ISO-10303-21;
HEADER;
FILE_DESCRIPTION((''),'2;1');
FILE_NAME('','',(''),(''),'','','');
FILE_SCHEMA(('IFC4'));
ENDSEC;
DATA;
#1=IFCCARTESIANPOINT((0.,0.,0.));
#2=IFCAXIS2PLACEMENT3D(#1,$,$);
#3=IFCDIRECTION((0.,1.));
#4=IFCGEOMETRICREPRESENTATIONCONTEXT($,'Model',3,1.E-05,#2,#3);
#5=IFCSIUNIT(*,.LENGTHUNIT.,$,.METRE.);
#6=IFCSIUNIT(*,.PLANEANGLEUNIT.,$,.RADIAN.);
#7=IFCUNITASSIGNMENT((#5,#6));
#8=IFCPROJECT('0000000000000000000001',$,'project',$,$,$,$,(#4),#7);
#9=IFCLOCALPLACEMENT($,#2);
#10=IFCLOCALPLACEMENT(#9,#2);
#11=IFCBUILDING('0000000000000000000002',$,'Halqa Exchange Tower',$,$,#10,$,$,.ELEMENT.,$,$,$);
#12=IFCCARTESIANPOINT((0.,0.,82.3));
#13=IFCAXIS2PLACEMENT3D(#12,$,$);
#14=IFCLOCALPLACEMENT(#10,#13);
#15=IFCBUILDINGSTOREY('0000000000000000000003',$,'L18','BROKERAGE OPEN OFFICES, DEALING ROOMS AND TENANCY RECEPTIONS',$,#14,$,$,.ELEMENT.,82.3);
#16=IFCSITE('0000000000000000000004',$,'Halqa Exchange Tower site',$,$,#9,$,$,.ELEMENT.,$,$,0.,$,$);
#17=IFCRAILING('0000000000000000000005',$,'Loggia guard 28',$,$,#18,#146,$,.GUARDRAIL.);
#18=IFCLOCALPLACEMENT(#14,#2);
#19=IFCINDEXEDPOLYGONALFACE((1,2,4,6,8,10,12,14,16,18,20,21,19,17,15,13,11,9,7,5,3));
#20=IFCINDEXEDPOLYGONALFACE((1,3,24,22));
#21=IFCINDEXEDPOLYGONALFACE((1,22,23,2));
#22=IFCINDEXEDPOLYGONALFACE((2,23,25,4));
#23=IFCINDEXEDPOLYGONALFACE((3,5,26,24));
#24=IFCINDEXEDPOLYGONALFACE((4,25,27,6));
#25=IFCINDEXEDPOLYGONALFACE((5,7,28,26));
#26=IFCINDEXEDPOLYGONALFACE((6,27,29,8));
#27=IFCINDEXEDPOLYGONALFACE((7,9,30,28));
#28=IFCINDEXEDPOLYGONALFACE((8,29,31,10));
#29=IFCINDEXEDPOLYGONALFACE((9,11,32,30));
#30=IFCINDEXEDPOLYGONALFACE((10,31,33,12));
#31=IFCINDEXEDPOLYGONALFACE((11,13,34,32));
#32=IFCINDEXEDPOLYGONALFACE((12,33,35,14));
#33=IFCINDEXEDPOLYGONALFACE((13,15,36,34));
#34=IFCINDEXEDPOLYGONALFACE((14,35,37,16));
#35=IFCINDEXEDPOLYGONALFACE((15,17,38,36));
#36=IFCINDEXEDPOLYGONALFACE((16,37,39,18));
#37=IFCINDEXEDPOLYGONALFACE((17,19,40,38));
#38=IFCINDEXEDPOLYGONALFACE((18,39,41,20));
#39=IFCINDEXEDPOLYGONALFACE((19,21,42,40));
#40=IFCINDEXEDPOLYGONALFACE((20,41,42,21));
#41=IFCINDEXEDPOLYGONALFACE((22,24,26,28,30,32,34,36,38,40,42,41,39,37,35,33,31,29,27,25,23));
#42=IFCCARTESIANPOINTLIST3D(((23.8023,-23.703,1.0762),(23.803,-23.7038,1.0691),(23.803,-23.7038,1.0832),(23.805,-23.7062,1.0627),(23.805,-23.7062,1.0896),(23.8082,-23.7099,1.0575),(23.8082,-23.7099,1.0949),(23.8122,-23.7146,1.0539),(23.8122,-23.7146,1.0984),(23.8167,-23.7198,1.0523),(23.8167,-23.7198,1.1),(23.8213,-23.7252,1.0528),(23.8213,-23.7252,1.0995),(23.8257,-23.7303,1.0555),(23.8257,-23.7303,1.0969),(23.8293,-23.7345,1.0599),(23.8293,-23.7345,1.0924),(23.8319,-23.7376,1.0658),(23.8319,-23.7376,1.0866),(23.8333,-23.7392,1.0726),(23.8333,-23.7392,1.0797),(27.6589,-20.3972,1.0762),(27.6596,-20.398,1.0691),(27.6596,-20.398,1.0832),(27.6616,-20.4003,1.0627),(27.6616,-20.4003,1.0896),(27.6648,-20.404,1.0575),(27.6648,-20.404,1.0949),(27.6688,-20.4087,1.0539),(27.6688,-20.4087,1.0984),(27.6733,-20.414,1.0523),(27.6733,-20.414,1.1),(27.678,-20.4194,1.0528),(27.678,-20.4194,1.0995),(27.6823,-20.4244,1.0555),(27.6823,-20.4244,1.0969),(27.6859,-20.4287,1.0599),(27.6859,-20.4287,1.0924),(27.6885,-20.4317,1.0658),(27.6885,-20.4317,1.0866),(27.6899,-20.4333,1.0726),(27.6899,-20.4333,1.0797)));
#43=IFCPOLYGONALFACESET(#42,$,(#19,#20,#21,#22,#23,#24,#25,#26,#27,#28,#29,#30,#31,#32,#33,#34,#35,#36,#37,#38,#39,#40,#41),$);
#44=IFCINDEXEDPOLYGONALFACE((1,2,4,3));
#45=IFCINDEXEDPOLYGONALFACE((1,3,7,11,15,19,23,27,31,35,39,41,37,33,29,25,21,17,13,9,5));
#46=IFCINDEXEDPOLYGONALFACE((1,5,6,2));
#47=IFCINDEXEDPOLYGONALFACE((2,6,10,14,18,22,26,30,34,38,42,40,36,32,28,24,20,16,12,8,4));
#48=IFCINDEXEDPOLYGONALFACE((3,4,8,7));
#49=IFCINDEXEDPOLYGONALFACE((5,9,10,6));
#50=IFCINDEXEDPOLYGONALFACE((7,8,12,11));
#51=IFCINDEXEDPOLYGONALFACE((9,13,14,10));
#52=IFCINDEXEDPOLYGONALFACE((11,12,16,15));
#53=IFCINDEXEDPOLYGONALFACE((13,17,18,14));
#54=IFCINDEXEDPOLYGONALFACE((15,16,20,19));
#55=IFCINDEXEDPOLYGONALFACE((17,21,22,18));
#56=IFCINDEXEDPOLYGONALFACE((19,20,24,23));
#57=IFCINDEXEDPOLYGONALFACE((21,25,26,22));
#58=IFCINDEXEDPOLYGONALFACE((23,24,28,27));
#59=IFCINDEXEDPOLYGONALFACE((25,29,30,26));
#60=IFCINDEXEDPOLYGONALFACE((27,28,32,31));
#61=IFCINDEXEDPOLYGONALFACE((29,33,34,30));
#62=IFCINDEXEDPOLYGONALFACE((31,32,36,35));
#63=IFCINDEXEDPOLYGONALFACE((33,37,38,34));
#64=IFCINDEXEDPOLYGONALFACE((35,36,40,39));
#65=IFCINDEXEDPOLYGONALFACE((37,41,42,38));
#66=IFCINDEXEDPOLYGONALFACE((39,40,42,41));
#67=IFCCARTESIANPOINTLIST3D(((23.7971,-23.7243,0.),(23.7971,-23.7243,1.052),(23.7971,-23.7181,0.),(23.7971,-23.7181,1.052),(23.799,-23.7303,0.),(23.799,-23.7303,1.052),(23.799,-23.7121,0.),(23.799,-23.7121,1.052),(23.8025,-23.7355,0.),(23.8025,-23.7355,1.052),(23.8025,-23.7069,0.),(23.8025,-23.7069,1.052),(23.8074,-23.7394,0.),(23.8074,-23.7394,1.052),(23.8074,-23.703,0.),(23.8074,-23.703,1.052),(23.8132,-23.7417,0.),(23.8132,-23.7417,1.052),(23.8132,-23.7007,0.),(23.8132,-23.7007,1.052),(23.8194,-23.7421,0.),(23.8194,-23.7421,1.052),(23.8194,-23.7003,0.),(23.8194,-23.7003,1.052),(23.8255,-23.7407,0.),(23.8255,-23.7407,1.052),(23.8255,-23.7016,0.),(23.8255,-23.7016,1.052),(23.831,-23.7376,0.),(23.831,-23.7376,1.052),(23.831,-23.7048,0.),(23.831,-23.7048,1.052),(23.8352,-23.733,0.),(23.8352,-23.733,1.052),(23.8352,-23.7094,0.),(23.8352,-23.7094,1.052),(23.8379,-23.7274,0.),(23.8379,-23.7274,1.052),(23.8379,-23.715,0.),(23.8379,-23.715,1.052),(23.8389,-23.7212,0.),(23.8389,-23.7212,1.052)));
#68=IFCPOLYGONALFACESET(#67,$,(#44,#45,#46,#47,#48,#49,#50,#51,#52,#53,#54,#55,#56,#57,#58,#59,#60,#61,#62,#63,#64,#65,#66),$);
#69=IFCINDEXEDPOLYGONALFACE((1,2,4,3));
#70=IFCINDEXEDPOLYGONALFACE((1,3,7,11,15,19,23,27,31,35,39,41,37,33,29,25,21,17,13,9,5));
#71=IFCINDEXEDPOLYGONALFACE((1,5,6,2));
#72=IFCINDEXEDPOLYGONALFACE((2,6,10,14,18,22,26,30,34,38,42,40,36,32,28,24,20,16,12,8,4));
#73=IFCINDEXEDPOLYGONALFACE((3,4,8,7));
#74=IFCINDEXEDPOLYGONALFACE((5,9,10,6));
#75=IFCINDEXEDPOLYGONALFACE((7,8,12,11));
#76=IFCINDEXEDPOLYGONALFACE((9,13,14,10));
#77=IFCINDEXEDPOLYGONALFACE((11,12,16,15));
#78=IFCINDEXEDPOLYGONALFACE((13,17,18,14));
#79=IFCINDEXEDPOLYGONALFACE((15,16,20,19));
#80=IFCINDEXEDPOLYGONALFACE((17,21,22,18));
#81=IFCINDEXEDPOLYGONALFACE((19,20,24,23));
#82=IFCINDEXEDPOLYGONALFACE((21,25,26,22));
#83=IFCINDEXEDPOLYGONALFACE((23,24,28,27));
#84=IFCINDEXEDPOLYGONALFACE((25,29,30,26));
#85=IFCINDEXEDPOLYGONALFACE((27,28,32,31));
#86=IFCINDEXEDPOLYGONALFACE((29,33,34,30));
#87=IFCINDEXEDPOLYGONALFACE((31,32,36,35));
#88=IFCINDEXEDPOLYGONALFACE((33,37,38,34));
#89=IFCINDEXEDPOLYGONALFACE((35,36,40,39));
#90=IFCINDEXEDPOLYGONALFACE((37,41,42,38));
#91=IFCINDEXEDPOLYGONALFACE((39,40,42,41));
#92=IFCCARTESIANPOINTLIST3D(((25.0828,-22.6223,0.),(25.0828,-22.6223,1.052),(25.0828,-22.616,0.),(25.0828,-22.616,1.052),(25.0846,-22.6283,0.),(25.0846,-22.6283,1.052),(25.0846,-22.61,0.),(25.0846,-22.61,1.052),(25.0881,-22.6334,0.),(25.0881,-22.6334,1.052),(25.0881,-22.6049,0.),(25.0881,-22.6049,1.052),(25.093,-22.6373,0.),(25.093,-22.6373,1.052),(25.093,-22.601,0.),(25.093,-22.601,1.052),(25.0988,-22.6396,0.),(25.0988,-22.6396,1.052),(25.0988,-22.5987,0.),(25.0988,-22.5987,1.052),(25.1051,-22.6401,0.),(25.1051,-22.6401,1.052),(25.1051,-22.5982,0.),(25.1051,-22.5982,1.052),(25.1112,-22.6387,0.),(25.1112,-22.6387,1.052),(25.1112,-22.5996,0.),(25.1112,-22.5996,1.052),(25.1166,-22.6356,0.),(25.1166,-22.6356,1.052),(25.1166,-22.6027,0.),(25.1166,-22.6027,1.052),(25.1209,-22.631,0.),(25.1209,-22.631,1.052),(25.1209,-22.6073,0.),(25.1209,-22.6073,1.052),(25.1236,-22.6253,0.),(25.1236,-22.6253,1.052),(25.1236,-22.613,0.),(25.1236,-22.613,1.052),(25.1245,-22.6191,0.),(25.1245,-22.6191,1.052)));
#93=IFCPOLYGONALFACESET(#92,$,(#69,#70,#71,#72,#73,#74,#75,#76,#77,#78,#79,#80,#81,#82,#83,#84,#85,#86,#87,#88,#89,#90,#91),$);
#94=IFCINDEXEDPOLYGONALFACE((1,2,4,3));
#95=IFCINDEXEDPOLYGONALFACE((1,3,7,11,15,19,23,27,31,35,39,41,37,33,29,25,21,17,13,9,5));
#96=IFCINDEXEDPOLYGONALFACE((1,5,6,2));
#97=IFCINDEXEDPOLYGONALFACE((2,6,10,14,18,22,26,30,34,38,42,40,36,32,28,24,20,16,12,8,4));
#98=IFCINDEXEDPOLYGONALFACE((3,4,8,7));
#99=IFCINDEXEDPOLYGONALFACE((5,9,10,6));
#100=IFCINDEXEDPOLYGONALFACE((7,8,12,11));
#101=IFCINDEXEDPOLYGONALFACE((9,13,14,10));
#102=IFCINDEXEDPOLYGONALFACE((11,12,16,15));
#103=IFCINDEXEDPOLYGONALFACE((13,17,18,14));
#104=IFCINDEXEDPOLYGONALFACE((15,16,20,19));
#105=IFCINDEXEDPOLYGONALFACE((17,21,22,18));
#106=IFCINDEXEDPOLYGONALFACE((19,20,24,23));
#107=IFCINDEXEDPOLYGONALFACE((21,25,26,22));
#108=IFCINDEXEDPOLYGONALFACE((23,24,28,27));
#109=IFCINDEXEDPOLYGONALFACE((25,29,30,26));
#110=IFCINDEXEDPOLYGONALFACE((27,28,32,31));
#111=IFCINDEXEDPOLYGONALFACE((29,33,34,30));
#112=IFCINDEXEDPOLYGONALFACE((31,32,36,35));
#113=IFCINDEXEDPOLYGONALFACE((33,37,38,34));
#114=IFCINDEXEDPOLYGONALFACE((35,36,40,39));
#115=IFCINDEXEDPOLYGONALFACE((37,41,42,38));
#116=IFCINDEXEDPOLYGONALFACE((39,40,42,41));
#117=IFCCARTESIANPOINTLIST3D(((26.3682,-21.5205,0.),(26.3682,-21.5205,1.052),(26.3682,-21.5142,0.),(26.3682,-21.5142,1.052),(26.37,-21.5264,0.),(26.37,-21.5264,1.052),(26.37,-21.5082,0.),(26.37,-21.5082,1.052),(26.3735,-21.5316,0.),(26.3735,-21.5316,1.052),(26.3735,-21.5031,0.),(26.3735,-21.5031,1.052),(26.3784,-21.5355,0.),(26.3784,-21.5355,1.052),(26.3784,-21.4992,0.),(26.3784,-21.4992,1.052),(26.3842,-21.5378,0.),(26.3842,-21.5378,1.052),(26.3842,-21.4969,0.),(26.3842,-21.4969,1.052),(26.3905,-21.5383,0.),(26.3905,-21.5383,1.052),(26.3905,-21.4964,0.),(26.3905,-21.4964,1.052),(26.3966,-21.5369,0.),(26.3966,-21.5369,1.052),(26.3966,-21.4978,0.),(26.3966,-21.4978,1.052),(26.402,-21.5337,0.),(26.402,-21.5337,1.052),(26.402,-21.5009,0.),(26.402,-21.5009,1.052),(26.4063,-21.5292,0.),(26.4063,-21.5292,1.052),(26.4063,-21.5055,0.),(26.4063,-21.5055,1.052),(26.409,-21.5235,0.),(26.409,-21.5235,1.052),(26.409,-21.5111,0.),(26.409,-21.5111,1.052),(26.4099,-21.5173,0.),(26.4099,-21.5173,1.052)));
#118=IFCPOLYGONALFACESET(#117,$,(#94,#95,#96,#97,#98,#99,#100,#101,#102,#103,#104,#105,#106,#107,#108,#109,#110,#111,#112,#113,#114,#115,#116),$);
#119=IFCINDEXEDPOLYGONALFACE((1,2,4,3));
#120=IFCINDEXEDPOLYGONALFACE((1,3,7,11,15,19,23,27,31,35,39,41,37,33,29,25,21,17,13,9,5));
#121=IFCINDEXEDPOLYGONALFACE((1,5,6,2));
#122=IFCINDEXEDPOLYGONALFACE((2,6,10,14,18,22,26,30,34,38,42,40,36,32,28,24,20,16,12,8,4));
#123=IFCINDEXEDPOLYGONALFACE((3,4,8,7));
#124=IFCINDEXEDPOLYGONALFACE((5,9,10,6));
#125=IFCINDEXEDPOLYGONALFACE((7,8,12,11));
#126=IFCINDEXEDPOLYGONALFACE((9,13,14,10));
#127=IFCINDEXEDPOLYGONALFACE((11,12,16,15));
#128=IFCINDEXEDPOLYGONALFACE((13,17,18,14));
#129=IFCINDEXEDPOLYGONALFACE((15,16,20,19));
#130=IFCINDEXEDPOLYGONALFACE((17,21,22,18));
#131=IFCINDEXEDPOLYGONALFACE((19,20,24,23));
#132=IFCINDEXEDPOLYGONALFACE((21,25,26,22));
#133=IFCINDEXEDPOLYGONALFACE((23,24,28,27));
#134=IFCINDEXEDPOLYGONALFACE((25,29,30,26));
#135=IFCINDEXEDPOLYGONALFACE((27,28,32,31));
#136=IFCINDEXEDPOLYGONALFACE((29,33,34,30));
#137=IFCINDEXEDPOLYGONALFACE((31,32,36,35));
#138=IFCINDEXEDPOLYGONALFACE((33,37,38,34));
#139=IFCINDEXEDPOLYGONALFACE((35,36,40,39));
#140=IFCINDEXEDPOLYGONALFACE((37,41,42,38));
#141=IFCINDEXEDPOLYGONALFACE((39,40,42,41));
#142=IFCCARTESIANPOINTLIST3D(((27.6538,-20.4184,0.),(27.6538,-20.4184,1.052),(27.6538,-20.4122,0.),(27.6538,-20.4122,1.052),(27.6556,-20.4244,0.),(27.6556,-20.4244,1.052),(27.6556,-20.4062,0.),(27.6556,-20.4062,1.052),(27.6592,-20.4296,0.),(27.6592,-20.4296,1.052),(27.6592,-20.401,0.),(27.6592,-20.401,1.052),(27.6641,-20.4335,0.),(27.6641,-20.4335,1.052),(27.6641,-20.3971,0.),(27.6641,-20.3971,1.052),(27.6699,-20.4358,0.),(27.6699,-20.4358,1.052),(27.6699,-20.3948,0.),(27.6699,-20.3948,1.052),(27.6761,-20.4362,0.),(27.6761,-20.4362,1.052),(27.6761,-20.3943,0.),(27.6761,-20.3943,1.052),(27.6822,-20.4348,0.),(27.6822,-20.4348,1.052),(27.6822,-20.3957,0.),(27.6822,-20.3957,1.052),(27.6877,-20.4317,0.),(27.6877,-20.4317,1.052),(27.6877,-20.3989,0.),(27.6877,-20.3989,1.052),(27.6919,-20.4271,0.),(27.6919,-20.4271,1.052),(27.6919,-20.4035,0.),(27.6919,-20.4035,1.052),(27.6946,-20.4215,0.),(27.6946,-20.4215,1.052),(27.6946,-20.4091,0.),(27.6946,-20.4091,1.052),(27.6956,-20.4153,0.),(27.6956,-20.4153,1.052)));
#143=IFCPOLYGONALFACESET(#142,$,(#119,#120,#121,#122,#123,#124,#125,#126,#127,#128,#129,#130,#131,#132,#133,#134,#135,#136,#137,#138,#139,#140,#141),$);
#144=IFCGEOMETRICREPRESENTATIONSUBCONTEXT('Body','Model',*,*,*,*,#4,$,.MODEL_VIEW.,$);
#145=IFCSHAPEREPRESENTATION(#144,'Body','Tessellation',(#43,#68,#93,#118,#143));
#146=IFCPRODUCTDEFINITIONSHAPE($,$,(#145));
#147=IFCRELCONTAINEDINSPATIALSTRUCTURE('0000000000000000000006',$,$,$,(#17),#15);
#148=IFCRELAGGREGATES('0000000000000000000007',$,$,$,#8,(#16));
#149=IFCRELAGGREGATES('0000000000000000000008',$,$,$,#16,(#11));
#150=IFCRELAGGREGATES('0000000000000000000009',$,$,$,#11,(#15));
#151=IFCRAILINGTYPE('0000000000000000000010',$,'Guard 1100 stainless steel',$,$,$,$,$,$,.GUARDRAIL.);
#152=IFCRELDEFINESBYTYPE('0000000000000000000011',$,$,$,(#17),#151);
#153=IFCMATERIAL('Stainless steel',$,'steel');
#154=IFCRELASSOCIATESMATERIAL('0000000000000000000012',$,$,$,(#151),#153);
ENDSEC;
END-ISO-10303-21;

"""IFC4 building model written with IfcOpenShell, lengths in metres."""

from ifc_helpers import new_model, si_unit, direction, frame, origin, origin_2d, place, context, subcontext, project, spatial, circle, extrude, material, type_object, element, save


model = new_model("IFC4")

# Units and contexts
model_context = context("Model", 3, precision=1e-05, world=origin(), true_north=direction((0.0, 1.0)))
body_context = subcontext(model_context, "Body", "Model", "MODEL_VIEW")
ifc_project = project(units=[si_unit("LENGTHUNIT", "METRE"), si_unit("PLANEANGLEUNIT", "RADIAN")], contexts=[model_context])

# Site, building, storey
site_placement = place(None, origin())
site = spatial("IfcSite", under=ifc_project, at=site_placement, Name="Halqa Exchange Tower site", CompositionType="ELEMENT", RefElevation=0.0)
building_placement = place(site_placement, origin())
building = spatial("IfcBuilding", under=site, at=building_placement, Name="Halqa Exchange Tower", CompositionType="ELEMENT")
storey_placement = place(building_placement, frame((0.0, 0.0, 82.3)))
storey = spatial("IfcBuildingStorey", under=building, at=storey_placement, Name="L18", Description="BROKERAGE OPEN OFFICES, DEALING ROOMS AND TENANCY RECEPTIONS", CompositionType="ELEMENT", Elevation=82.3)

# Railing
ifc_material_1 = material(Name="Stainless steel", Category="steel")
railing_type = type_object("IfcRailingType", Name="Guard 1100 stainless steel", PredefinedType="GUARDRAIL", material=ifc_material_1)
railing_1_placement = place(storey_placement, frame((23.8179, -23.7212, 0.0)))
element("IfcRailing", 1, at=railing_1_placement, inside=storey, type_object=railing_type, Name="Loggia guard 28", PredefinedType="GUARDRAIL", context=body_context, shape_type="SweptSolid", body=[
    extrude(circle(Radius=0.0239, at=origin_2d()), frame((0.0, 0.0, 1.0762), z_axis=(0.75924, 0.650811, 0.0), x_axis=(-0.650811, 0.75924, 0.0)), (0.0, 0.0, 1.0), 5.0796),
    extrude(circle(Radius=0.021, at=origin_2d()), origin(), (0.0, 0.0, 1.0), 1.052),
    extrude(circle(Radius=0.021, at=origin_2d()), frame((1.2856, 1.1021, 0.0)), (0.0, 0.0, 1.0), 1.052),
    extrude(circle(Radius=0.021, at=origin_2d()), frame((2.571, 2.2039, 0.0)), (0.0, 0.0, 1.0), 1.052),
    extrude(circle(Radius=0.021, at=origin_2d()), frame((3.8567, 3.3059, 0.0)), (0.0, 0.0, 1.0), 1.052),
])

save(model, "model.ifc")
